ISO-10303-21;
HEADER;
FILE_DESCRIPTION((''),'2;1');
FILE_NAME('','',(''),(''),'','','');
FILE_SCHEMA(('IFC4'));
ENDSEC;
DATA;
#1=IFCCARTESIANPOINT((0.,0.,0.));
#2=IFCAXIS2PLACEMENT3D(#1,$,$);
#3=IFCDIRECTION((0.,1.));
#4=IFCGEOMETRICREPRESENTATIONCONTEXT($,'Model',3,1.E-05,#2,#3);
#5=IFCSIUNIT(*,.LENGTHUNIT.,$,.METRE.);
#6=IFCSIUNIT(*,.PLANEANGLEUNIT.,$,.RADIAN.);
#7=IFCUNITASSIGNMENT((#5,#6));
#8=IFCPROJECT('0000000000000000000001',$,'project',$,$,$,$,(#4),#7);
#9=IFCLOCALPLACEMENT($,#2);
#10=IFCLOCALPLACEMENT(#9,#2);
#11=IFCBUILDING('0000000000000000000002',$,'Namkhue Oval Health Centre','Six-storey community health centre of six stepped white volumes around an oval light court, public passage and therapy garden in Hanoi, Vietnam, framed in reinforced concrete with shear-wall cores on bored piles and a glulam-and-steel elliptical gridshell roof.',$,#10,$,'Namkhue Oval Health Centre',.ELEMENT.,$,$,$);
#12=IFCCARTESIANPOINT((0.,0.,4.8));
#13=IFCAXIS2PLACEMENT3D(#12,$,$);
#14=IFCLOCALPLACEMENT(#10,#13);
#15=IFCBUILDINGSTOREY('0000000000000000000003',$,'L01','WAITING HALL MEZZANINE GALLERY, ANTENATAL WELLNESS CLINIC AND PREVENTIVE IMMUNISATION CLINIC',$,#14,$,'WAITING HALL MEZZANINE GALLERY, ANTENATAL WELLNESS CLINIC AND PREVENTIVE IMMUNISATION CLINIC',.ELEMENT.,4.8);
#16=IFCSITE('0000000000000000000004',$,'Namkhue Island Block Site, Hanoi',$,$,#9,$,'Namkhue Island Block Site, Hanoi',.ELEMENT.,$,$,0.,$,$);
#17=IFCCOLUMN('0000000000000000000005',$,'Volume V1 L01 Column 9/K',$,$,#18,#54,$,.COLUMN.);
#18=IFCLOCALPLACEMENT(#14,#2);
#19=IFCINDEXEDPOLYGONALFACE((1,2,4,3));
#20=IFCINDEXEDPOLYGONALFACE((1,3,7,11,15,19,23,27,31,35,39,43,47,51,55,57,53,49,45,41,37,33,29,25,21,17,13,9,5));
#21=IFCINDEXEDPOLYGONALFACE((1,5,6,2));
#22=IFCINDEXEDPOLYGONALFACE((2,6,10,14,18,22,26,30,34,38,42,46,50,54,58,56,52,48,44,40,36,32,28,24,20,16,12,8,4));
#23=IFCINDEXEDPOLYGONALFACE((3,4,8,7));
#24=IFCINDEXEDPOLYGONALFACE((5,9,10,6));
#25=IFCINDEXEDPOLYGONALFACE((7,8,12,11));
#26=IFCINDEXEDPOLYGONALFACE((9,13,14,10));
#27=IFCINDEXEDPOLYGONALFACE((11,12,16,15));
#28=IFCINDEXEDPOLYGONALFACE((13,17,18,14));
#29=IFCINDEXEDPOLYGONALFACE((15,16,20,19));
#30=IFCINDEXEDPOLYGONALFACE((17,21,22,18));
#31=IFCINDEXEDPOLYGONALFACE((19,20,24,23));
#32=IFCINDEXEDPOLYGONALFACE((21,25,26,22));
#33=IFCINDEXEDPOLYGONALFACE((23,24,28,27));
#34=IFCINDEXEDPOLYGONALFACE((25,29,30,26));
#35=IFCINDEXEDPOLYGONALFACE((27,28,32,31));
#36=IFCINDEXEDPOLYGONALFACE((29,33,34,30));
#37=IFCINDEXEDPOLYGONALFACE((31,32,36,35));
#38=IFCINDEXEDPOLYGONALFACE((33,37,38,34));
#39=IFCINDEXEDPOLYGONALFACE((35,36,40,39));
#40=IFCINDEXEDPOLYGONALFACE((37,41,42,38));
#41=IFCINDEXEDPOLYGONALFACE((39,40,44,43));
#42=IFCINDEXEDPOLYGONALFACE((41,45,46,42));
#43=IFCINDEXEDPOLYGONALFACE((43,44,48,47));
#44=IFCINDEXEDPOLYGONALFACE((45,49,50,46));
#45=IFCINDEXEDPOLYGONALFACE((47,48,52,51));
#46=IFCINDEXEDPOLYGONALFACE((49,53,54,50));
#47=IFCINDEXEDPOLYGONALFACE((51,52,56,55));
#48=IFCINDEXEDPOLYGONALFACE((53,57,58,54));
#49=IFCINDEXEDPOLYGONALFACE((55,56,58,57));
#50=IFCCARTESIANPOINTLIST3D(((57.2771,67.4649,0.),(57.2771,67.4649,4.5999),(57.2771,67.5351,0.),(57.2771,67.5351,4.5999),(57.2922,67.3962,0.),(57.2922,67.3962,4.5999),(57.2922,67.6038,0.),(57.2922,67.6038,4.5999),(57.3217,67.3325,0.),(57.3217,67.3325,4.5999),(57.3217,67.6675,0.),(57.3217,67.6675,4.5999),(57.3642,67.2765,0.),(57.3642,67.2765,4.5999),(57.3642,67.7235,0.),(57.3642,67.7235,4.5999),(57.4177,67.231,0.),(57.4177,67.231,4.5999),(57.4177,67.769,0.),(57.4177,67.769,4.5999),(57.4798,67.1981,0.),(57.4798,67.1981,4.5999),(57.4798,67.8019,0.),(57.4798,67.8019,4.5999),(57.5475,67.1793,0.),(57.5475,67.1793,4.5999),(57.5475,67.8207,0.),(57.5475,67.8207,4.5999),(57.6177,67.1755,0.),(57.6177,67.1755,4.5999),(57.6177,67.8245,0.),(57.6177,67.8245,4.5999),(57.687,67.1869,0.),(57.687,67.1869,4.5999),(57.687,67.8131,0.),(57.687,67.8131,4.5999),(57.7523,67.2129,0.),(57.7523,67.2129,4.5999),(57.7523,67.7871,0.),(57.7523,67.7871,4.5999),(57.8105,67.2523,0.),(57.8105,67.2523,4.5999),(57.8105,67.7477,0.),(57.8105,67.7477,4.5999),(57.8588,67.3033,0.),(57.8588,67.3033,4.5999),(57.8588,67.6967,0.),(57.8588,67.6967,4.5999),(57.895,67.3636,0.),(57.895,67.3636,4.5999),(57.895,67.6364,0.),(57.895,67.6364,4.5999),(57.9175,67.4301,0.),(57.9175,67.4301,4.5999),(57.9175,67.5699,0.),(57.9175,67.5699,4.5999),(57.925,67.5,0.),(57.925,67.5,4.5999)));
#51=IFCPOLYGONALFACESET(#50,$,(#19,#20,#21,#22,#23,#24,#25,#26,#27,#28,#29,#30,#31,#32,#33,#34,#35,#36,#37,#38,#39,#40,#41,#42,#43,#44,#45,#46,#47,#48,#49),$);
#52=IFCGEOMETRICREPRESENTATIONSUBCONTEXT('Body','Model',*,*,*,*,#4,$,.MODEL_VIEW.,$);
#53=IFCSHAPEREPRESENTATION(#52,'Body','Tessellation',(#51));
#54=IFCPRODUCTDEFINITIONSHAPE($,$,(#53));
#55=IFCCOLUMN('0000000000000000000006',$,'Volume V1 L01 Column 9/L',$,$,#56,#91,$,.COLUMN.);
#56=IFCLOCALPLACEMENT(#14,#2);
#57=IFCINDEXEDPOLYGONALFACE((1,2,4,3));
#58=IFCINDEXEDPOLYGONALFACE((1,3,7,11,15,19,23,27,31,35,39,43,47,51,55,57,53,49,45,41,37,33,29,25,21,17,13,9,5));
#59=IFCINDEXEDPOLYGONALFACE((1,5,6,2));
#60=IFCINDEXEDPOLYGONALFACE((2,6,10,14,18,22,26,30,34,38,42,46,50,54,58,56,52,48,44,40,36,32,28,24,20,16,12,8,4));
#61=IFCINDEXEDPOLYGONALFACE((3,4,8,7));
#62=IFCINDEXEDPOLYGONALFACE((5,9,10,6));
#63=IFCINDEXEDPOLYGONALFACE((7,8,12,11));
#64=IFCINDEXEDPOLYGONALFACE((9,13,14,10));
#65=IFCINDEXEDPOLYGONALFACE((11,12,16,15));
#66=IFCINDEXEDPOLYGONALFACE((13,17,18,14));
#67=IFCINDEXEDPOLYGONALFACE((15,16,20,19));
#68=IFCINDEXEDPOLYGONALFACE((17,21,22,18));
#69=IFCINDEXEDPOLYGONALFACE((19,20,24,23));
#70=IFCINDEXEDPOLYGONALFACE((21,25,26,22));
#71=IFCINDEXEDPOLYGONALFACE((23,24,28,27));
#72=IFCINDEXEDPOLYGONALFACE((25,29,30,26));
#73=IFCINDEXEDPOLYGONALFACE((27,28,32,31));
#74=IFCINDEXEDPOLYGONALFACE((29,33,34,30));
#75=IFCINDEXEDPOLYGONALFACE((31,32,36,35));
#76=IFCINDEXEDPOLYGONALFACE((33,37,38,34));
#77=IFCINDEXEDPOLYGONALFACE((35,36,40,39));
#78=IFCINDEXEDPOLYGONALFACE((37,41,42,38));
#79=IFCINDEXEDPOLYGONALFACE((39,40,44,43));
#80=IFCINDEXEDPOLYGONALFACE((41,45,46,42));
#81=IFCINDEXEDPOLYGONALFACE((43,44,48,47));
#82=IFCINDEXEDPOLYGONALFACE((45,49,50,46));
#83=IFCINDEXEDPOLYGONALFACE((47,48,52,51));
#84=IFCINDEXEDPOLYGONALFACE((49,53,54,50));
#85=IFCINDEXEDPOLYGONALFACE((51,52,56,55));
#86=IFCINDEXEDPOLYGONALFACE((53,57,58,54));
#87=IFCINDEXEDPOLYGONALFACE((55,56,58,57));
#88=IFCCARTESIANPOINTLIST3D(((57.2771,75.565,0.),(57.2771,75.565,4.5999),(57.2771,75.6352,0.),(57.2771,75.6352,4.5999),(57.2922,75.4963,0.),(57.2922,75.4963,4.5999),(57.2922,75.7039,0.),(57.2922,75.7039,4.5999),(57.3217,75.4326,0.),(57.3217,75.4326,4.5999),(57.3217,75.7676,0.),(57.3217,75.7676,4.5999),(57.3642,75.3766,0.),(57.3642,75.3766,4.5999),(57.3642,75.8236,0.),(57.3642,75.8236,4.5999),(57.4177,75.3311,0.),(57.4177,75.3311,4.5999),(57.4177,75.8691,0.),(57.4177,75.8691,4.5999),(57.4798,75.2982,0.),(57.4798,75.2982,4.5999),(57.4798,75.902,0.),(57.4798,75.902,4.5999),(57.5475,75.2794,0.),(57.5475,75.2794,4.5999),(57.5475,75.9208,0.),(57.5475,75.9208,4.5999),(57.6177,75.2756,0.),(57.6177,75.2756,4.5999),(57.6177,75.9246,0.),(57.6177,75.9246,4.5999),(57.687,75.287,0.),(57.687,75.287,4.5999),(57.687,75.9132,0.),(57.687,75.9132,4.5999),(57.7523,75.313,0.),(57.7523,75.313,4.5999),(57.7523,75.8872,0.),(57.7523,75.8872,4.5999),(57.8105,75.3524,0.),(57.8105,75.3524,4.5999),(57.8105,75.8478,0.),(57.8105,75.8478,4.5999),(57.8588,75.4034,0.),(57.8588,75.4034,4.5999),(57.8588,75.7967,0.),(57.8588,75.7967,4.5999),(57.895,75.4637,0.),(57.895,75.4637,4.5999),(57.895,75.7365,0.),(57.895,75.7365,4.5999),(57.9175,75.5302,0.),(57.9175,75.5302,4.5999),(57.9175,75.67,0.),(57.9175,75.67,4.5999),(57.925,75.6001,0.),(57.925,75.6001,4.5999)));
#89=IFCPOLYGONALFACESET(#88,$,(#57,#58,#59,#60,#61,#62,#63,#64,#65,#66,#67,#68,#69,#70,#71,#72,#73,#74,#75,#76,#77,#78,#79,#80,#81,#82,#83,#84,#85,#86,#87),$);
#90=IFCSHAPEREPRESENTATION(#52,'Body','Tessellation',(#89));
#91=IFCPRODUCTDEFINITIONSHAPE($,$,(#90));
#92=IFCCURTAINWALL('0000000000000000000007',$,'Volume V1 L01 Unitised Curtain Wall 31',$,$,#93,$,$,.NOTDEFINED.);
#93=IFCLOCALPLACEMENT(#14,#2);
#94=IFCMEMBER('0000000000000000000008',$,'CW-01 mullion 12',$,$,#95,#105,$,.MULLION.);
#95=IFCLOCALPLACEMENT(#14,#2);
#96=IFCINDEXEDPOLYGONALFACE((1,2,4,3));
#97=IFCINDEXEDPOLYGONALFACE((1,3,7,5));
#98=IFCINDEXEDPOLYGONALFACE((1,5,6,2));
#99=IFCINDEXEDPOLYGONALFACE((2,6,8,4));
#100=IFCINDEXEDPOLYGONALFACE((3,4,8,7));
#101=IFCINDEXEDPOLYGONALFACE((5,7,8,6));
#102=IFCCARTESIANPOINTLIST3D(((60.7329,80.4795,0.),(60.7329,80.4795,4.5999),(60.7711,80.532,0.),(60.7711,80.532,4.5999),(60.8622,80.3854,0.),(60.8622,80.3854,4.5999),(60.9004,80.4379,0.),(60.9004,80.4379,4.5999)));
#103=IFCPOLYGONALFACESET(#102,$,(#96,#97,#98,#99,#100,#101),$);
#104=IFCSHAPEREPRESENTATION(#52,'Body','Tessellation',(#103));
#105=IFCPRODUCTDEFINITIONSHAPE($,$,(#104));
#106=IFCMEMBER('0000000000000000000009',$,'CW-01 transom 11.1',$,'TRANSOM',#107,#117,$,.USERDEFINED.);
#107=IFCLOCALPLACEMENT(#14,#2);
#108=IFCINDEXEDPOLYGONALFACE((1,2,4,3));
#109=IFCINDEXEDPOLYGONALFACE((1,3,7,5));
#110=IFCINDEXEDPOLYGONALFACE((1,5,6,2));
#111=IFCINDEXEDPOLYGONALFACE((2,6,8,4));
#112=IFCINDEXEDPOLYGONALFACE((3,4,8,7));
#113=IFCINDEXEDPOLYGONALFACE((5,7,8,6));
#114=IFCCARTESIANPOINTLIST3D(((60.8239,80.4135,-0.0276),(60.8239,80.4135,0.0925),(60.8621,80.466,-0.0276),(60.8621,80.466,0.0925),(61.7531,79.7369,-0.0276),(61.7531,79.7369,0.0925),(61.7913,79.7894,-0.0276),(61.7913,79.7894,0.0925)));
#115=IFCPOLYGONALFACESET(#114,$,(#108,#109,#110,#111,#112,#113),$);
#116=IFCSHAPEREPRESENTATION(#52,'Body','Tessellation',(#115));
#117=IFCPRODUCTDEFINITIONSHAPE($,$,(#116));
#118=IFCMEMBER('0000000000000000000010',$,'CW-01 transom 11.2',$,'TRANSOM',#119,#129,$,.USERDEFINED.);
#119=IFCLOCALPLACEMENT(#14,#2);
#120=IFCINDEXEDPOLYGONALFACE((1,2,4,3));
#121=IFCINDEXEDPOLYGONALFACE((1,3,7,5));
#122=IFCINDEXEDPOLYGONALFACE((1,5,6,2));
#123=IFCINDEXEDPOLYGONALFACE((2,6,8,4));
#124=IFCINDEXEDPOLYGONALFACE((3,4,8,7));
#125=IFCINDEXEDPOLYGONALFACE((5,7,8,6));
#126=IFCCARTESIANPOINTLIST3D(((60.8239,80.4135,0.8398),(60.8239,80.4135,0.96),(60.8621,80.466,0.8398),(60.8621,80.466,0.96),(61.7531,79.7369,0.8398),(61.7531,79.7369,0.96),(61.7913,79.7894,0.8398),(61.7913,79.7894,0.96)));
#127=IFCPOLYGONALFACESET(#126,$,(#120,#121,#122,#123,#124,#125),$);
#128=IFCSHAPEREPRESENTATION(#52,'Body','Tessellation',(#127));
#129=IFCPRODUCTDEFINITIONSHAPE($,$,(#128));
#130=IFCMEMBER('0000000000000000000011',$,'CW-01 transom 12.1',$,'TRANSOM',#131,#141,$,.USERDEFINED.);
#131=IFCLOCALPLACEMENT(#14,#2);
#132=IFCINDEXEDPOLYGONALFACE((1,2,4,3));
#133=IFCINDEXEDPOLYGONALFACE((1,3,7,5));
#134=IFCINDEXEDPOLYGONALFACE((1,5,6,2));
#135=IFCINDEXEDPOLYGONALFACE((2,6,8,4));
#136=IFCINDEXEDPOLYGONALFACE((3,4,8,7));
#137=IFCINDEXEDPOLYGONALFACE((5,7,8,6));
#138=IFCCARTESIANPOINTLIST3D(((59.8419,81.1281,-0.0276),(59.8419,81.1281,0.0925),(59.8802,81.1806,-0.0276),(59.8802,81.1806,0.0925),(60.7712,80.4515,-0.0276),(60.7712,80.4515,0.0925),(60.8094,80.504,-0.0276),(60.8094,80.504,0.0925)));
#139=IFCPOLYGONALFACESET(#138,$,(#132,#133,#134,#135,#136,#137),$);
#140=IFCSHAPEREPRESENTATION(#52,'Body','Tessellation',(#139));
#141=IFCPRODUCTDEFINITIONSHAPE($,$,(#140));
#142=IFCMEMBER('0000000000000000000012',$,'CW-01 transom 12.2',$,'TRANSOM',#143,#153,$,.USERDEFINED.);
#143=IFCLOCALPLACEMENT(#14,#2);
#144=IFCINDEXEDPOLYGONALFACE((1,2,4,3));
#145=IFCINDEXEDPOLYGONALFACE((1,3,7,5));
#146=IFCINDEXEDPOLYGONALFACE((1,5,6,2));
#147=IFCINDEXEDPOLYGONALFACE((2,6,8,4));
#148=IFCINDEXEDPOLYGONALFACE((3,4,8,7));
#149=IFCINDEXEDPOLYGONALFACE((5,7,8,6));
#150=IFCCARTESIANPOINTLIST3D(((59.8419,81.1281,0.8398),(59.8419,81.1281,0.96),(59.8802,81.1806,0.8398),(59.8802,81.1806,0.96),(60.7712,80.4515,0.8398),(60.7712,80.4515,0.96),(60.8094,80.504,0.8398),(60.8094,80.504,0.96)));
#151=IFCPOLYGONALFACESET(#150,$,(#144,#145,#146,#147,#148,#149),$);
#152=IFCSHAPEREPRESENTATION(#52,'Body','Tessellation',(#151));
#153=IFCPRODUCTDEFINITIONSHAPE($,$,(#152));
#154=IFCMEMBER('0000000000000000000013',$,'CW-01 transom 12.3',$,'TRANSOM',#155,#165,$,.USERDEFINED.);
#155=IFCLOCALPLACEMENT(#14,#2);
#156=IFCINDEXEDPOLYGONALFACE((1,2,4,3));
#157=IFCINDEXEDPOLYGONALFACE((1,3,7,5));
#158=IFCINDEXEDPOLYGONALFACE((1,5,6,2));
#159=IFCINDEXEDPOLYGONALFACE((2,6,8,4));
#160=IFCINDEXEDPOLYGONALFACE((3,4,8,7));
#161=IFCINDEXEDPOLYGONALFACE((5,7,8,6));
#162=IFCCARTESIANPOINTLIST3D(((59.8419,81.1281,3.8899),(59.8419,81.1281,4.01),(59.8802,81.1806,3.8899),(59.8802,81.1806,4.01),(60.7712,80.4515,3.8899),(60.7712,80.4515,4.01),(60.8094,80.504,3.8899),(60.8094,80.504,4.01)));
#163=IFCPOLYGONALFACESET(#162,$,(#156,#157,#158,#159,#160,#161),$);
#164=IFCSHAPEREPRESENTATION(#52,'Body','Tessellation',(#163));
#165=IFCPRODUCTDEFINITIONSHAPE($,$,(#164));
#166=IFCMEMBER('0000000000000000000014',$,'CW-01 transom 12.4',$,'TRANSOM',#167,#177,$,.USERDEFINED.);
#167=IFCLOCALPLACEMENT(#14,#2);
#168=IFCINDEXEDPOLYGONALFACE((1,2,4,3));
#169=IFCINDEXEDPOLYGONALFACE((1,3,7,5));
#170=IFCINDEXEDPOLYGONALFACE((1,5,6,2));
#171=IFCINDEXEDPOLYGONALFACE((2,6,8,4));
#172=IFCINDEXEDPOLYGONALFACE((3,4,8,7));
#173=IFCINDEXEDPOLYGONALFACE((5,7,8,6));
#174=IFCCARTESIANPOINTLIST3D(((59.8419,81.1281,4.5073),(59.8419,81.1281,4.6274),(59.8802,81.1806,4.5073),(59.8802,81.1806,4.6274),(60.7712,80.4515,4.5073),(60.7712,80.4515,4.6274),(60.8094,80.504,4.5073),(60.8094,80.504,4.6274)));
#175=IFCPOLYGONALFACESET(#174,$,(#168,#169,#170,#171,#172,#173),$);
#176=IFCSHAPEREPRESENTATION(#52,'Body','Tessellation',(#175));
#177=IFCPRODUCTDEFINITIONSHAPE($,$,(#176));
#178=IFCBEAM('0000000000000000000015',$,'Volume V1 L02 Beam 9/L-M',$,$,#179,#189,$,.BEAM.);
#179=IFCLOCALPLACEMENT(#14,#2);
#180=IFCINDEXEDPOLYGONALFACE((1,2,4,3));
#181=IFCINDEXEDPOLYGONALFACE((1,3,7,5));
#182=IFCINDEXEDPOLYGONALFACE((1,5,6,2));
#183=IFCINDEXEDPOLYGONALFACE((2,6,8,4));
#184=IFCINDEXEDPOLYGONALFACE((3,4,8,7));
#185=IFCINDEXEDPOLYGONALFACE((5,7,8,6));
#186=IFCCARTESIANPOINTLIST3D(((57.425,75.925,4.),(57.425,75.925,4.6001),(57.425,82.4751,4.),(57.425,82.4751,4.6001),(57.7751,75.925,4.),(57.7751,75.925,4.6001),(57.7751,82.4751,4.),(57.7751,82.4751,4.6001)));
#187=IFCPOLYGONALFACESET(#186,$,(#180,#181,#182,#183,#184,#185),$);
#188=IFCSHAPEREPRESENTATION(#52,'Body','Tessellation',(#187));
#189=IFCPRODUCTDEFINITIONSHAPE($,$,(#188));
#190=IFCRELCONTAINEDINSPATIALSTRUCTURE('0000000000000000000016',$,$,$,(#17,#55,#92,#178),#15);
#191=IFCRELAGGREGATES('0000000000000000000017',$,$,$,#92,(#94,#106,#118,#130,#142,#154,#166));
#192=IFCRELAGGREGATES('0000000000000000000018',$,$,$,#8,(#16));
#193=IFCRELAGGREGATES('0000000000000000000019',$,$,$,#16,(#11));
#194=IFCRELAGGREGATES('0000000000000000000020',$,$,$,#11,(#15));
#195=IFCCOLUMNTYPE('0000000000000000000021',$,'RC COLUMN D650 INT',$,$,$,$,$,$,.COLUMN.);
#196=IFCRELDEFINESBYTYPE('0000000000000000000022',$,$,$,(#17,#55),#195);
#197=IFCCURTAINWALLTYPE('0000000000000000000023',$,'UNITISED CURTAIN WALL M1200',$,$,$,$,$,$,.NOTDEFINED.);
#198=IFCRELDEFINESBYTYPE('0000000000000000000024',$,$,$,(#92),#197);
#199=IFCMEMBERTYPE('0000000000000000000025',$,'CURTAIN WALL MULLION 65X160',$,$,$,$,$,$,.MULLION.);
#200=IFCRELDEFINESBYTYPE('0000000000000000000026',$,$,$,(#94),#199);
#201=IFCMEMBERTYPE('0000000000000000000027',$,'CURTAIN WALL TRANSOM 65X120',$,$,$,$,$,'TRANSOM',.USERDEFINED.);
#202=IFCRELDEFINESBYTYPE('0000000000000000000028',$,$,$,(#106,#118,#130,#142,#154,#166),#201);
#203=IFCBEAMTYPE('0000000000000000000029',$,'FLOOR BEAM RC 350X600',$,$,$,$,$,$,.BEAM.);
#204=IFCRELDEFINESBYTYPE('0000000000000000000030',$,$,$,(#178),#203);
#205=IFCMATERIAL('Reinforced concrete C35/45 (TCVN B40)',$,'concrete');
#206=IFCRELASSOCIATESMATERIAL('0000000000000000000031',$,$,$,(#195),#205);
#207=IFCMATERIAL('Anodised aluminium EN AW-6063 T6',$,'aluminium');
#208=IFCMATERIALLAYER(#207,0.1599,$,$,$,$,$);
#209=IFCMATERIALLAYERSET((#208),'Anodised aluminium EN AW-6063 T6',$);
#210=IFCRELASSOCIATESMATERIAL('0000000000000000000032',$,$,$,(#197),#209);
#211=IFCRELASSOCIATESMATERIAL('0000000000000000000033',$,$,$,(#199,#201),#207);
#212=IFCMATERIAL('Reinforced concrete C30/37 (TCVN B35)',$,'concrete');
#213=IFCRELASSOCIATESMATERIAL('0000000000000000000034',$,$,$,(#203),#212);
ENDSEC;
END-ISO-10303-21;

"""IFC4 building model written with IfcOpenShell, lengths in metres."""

from ifc_helpers import new_model, si_unit, direction, frame, origin, origin_2d, place, context, subcontext, project, spatial, rectangle, circle, extrude, material, layer, layer_set, material_profile, profile_set, type_object, element, aggregate, save


model = new_model("IFC4")

# Units and contexts
model_context = context("Model", 3, precision=1e-05, world=origin(), true_north=direction((0.0, 1.0)))
body_context = subcontext(model_context, "Body", "Model", "MODEL_VIEW")
ifc_project = project(units=[si_unit("LENGTHUNIT", "METRE"), si_unit("PLANEANGLEUNIT", "RADIAN")], contexts=[model_context])

# Site, building, storey
site_placement = place(None, origin())
site = spatial("IfcSite", under=ifc_project, at=site_placement, Name="Namkhue Island Block Site, Hanoi", LongName="Namkhue Island Block Site, Hanoi", CompositionType="ELEMENT", RefElevation=0.0)
building_placement = place(site_placement, origin())
building = spatial("IfcBuilding", under=site, at=building_placement, Name="Namkhue Oval Health Centre", Description="Six-storey community health centre of six stepped white volumes around an oval light court, public passage and therapy garden in Hanoi, Vietnam, framed in reinforced concrete with shear-wall cores on bored piles and a glulam-and-steel elliptical gridshell roof.", LongName="Namkhue Oval Health Centre", CompositionType="ELEMENT")
storey_placement = place(building_placement, frame((0.0, 0.0, 4.8)))
storey = spatial("IfcBuildingStorey", under=building, at=storey_placement, Name="L01", Description="WAITING HALL MEZZANINE GALLERY, ANTENATAL WELLNESS CLINIC AND PREVENTIVE IMMUNISATION CLINIC", LongName="WAITING HALL MEZZANINE GALLERY, ANTENATAL WELLNESS CLINIC AND PREVENTIVE IMMUNISATION CLINIC", CompositionType="ELEMENT", Elevation=4.8)

# Columns
ifc_material_1 = material(Name="Reinforced concrete C35/45 (TCVN B40)", Category="concrete")
ifc_material_profile_1 = material_profile(ifc_material_1, circle(Radius=0.325, at=origin_2d()), Name="RC D650")
ifc_profile_set_1 = profile_set([ifc_material_profile_1], Name="Reinforced concrete C35/45 (TCVN B40)")
column_type = type_object("IfcColumnType", Name="RC COLUMN D650 INT", PredefinedType="COLUMN", material=ifc_profile_set_1)
for number, where, z_axis, x_axis, name in (
    (1, (57.6001, 67.5, 0.0), (0.0, 0.0, 1.0), (1.0, 0.0, 0.0), "Volume V1 L01 Column 9/K"),
    (2, (57.6001, 75.6001, 0.0), (0.0, 0.0, 1.0), (1.0, 0.0, 0.0), "Volume V1 L01 Column 9/L"),
):
    element("IfcColumn", number, at=place(storey_placement, frame(where, z_axis=z_axis, x_axis=x_axis)), inside=storey, type_object=column_type, Name=name, PredefinedType="COLUMN", context=body_context, shape_type="SweptSolid", body=[
        extrude(circle(Radius=0.325, at=origin_2d()), origin(), (0.0, 0.0, 1.0), 4.5999),
    ])

# Curtain wall, members
ifc_material_2 = material(Name="Anodised aluminium EN AW-6063 T6", Category="aluminium")
ifc_layer_1 = layer(ifc_material_2, 0.1599)
ifc_layer_set_1 = layer_set([ifc_layer_1], Name="Anodised aluminium EN AW-6063 T6")
curtain_wall_type = type_object("IfcCurtainWallType", Name="UNITISED CURTAIN WALL M1200", PredefinedType="NOTDEFINED", material=ifc_layer_set_1)
curtain_wall_placement = place(storey_placement, origin())
curtain_wall = element("IfcCurtainWall", 3, at=curtain_wall_placement, inside=storey, type_object=curtain_wall_type, Name="Volume V1 L01 Unitised Curtain Wall 31", PredefinedType="NOTDEFINED")
ifc_material_profile_2 = material_profile(ifc_material_2, rectangle(XDim=0.0649, YDim=0.1599, at=origin_2d()), Name="ALU 65x160")
ifc_profile_set_2 = profile_set([ifc_material_profile_2], Name="Anodised aluminium EN AW-6063 T6")
member_type_1 = type_object("IfcMemberType", Name="CURTAIN WALL MULLION 65X160", PredefinedType="MULLION", material=ifc_profile_set_2)
member_1_placement = place(storey_placement, frame((60.8167, 80.4587, 0.0), z_axis=(0.0, 0.0, 1.0), x_axis=(-0.588477, -0.808514, 0.0)))
member_1 = element("IfcMember", 4, at=member_1_placement, type_object=member_type_1, Name="CW-01 mullion 12", PredefinedType="MULLION", context=body_context, shape_type="SweptSolid", body=[
    extrude(rectangle(XDim=0.0649, YDim=0.1599, at=origin_2d()), origin(), (0.0, 0.0, 1.0), 4.5999),
])
ifc_material_profile_3 = material_profile(ifc_material_2, rectangle(XDim=0.0649, YDim=0.1201, at=origin_2d()), Name="ALU 65x120")
ifc_profile_set_3 = profile_set([ifc_material_profile_3], Name="Anodised aluminium EN AW-6063 T6")
member_type_2 = type_object("IfcMemberType", Name="CURTAIN WALL TRANSOM 65X120", ElementType="TRANSOM", PredefinedType="USERDEFINED", material=ifc_profile_set_3)
member_2_placement = place(storey_placement, frame((61.7722, 79.7632, 0.0325), z_axis=(-0.808433, 0.588588, 0.0), x_axis=(-0.588588, -0.808433, 0.0)))
member_2 = element("IfcMember", 5, at=member_2_placement, type_object=member_type_2, Name="CW-01 transom 11.1", ObjectType="TRANSOM", PredefinedType="USERDEFINED", context=body_context, shape_type="SweptSolid", body=[
    extrude(rectangle(XDim=0.0649, YDim=0.1201, at=origin_2d()), origin(), (0.0, 0.0, 1.0), 1.1494),
])
member_3_placement = place(storey_placement, frame((61.7722, 79.7632, 0.8999), z_axis=(-0.808433, 0.588588, 0.0), x_axis=(-0.588588, -0.808433, 0.0)))
member_3 = element("IfcMember", 6, at=member_3_placement, type_object=member_type_2, Name="CW-01 transom 11.2", ObjectType="TRANSOM", PredefinedType="USERDEFINED", context=body_context, shape_type="SweptSolid", body=[
    extrude(rectangle(XDim=0.0649, YDim=0.1201, at=origin_2d()), origin(), (0.0, 0.0, 1.0), 1.1494),
])
member_4_placement = place(storey_placement, frame((60.7903, 80.4778, 0.0325), z_axis=(-0.808433, 0.588588, 0.0), x_axis=(-0.588588, -0.808433, 0.0)))
member_4 = element("IfcMember", 7, at=member_4_placement, type_object=member_type_2, Name="CW-01 transom 12.1", ObjectType="TRANSOM", PredefinedType="USERDEFINED", context=body_context, shape_type="SweptSolid", body=[
    extrude(rectangle(XDim=0.0649, YDim=0.1201, at=origin_2d()), origin(), (0.0, 0.0, 1.0), 1.1494),
])
member_5_placement = place(storey_placement, frame((60.7903, 80.4778, 0.8999), z_axis=(-0.808433, 0.588588, 0.0), x_axis=(-0.588588, -0.808433, 0.0)))
member_5 = element("IfcMember", 8, at=member_5_placement, type_object=member_type_2, Name="CW-01 transom 12.2", ObjectType="TRANSOM", PredefinedType="USERDEFINED", context=body_context, shape_type="SweptSolid", body=[
    extrude(rectangle(XDim=0.0649, YDim=0.1201, at=origin_2d()), origin(), (0.0, 0.0, 1.0), 1.1494),
])
member_6_placement = place(storey_placement, frame((60.7903, 80.4778, 3.95), z_axis=(-0.808433, 0.588588, 0.0), x_axis=(-0.588588, -0.808433, 0.0)))
member_6 = element("IfcMember", 9, at=member_6_placement, type_object=member_type_2, Name="CW-01 transom 12.3", ObjectType="TRANSOM", PredefinedType="USERDEFINED", context=body_context, shape_type="SweptSolid", body=[
    extrude(rectangle(XDim=0.0649, YDim=0.1201, at=origin_2d()), origin(), (0.0, 0.0, 1.0), 1.1494),
])
member_7_placement = place(storey_placement, frame((60.7903, 80.4778, 4.5674), z_axis=(-0.808433, 0.588588, 0.0), x_axis=(-0.588588, -0.808433, 0.0)))
member_7 = element("IfcMember", 10, at=member_7_placement, type_object=member_type_2, Name="CW-01 transom 12.4", ObjectType="TRANSOM", PredefinedType="USERDEFINED", context=body_context, shape_type="SweptSolid", body=[
    extrude(rectangle(XDim=0.0649, YDim=0.1201, at=origin_2d()), origin(), (0.0, 0.0, 1.0), 1.1494),
])

# Beam
ifc_material_3 = material(Name="Reinforced concrete C30/37 (TCVN B35)", Category="concrete")
ifc_material_profile_4 = material_profile(ifc_material_3, rectangle(XDim=0.3501, YDim=0.6001, at=origin_2d()), Name="RC 350x600")
ifc_profile_set_4 = profile_set([ifc_material_profile_4], Name="Reinforced concrete C30/37 (TCVN B35)")
beam_type_1 = type_object("IfcBeamType", Name="FLOOR BEAM RC 350X600", PredefinedType="BEAM", material=ifc_profile_set_4)
beam_1_placement = place(storey_placement, frame((57.6001, 75.925, 4.3), z_axis=(0.0, 1.0, 0.0), x_axis=(-1.0, 0.0, 0.0)))
element("IfcBeam", 11, at=beam_1_placement, inside=storey, type_object=beam_type_1, Name="Volume V1 L02 Beam 9/L-M", PredefinedType="BEAM", context=body_context, shape_type="SweptSolid", body=[
    extrude(rectangle(XDim=0.3501, YDim=0.6001, at=origin_2d()), origin(), (0.0, 0.0, 1.0), 6.55),
])

aggregate(curtain_wall, [member_1, member_2, member_3, member_4, member_5, member_6, member_7])

save(model, "model.ifc")
